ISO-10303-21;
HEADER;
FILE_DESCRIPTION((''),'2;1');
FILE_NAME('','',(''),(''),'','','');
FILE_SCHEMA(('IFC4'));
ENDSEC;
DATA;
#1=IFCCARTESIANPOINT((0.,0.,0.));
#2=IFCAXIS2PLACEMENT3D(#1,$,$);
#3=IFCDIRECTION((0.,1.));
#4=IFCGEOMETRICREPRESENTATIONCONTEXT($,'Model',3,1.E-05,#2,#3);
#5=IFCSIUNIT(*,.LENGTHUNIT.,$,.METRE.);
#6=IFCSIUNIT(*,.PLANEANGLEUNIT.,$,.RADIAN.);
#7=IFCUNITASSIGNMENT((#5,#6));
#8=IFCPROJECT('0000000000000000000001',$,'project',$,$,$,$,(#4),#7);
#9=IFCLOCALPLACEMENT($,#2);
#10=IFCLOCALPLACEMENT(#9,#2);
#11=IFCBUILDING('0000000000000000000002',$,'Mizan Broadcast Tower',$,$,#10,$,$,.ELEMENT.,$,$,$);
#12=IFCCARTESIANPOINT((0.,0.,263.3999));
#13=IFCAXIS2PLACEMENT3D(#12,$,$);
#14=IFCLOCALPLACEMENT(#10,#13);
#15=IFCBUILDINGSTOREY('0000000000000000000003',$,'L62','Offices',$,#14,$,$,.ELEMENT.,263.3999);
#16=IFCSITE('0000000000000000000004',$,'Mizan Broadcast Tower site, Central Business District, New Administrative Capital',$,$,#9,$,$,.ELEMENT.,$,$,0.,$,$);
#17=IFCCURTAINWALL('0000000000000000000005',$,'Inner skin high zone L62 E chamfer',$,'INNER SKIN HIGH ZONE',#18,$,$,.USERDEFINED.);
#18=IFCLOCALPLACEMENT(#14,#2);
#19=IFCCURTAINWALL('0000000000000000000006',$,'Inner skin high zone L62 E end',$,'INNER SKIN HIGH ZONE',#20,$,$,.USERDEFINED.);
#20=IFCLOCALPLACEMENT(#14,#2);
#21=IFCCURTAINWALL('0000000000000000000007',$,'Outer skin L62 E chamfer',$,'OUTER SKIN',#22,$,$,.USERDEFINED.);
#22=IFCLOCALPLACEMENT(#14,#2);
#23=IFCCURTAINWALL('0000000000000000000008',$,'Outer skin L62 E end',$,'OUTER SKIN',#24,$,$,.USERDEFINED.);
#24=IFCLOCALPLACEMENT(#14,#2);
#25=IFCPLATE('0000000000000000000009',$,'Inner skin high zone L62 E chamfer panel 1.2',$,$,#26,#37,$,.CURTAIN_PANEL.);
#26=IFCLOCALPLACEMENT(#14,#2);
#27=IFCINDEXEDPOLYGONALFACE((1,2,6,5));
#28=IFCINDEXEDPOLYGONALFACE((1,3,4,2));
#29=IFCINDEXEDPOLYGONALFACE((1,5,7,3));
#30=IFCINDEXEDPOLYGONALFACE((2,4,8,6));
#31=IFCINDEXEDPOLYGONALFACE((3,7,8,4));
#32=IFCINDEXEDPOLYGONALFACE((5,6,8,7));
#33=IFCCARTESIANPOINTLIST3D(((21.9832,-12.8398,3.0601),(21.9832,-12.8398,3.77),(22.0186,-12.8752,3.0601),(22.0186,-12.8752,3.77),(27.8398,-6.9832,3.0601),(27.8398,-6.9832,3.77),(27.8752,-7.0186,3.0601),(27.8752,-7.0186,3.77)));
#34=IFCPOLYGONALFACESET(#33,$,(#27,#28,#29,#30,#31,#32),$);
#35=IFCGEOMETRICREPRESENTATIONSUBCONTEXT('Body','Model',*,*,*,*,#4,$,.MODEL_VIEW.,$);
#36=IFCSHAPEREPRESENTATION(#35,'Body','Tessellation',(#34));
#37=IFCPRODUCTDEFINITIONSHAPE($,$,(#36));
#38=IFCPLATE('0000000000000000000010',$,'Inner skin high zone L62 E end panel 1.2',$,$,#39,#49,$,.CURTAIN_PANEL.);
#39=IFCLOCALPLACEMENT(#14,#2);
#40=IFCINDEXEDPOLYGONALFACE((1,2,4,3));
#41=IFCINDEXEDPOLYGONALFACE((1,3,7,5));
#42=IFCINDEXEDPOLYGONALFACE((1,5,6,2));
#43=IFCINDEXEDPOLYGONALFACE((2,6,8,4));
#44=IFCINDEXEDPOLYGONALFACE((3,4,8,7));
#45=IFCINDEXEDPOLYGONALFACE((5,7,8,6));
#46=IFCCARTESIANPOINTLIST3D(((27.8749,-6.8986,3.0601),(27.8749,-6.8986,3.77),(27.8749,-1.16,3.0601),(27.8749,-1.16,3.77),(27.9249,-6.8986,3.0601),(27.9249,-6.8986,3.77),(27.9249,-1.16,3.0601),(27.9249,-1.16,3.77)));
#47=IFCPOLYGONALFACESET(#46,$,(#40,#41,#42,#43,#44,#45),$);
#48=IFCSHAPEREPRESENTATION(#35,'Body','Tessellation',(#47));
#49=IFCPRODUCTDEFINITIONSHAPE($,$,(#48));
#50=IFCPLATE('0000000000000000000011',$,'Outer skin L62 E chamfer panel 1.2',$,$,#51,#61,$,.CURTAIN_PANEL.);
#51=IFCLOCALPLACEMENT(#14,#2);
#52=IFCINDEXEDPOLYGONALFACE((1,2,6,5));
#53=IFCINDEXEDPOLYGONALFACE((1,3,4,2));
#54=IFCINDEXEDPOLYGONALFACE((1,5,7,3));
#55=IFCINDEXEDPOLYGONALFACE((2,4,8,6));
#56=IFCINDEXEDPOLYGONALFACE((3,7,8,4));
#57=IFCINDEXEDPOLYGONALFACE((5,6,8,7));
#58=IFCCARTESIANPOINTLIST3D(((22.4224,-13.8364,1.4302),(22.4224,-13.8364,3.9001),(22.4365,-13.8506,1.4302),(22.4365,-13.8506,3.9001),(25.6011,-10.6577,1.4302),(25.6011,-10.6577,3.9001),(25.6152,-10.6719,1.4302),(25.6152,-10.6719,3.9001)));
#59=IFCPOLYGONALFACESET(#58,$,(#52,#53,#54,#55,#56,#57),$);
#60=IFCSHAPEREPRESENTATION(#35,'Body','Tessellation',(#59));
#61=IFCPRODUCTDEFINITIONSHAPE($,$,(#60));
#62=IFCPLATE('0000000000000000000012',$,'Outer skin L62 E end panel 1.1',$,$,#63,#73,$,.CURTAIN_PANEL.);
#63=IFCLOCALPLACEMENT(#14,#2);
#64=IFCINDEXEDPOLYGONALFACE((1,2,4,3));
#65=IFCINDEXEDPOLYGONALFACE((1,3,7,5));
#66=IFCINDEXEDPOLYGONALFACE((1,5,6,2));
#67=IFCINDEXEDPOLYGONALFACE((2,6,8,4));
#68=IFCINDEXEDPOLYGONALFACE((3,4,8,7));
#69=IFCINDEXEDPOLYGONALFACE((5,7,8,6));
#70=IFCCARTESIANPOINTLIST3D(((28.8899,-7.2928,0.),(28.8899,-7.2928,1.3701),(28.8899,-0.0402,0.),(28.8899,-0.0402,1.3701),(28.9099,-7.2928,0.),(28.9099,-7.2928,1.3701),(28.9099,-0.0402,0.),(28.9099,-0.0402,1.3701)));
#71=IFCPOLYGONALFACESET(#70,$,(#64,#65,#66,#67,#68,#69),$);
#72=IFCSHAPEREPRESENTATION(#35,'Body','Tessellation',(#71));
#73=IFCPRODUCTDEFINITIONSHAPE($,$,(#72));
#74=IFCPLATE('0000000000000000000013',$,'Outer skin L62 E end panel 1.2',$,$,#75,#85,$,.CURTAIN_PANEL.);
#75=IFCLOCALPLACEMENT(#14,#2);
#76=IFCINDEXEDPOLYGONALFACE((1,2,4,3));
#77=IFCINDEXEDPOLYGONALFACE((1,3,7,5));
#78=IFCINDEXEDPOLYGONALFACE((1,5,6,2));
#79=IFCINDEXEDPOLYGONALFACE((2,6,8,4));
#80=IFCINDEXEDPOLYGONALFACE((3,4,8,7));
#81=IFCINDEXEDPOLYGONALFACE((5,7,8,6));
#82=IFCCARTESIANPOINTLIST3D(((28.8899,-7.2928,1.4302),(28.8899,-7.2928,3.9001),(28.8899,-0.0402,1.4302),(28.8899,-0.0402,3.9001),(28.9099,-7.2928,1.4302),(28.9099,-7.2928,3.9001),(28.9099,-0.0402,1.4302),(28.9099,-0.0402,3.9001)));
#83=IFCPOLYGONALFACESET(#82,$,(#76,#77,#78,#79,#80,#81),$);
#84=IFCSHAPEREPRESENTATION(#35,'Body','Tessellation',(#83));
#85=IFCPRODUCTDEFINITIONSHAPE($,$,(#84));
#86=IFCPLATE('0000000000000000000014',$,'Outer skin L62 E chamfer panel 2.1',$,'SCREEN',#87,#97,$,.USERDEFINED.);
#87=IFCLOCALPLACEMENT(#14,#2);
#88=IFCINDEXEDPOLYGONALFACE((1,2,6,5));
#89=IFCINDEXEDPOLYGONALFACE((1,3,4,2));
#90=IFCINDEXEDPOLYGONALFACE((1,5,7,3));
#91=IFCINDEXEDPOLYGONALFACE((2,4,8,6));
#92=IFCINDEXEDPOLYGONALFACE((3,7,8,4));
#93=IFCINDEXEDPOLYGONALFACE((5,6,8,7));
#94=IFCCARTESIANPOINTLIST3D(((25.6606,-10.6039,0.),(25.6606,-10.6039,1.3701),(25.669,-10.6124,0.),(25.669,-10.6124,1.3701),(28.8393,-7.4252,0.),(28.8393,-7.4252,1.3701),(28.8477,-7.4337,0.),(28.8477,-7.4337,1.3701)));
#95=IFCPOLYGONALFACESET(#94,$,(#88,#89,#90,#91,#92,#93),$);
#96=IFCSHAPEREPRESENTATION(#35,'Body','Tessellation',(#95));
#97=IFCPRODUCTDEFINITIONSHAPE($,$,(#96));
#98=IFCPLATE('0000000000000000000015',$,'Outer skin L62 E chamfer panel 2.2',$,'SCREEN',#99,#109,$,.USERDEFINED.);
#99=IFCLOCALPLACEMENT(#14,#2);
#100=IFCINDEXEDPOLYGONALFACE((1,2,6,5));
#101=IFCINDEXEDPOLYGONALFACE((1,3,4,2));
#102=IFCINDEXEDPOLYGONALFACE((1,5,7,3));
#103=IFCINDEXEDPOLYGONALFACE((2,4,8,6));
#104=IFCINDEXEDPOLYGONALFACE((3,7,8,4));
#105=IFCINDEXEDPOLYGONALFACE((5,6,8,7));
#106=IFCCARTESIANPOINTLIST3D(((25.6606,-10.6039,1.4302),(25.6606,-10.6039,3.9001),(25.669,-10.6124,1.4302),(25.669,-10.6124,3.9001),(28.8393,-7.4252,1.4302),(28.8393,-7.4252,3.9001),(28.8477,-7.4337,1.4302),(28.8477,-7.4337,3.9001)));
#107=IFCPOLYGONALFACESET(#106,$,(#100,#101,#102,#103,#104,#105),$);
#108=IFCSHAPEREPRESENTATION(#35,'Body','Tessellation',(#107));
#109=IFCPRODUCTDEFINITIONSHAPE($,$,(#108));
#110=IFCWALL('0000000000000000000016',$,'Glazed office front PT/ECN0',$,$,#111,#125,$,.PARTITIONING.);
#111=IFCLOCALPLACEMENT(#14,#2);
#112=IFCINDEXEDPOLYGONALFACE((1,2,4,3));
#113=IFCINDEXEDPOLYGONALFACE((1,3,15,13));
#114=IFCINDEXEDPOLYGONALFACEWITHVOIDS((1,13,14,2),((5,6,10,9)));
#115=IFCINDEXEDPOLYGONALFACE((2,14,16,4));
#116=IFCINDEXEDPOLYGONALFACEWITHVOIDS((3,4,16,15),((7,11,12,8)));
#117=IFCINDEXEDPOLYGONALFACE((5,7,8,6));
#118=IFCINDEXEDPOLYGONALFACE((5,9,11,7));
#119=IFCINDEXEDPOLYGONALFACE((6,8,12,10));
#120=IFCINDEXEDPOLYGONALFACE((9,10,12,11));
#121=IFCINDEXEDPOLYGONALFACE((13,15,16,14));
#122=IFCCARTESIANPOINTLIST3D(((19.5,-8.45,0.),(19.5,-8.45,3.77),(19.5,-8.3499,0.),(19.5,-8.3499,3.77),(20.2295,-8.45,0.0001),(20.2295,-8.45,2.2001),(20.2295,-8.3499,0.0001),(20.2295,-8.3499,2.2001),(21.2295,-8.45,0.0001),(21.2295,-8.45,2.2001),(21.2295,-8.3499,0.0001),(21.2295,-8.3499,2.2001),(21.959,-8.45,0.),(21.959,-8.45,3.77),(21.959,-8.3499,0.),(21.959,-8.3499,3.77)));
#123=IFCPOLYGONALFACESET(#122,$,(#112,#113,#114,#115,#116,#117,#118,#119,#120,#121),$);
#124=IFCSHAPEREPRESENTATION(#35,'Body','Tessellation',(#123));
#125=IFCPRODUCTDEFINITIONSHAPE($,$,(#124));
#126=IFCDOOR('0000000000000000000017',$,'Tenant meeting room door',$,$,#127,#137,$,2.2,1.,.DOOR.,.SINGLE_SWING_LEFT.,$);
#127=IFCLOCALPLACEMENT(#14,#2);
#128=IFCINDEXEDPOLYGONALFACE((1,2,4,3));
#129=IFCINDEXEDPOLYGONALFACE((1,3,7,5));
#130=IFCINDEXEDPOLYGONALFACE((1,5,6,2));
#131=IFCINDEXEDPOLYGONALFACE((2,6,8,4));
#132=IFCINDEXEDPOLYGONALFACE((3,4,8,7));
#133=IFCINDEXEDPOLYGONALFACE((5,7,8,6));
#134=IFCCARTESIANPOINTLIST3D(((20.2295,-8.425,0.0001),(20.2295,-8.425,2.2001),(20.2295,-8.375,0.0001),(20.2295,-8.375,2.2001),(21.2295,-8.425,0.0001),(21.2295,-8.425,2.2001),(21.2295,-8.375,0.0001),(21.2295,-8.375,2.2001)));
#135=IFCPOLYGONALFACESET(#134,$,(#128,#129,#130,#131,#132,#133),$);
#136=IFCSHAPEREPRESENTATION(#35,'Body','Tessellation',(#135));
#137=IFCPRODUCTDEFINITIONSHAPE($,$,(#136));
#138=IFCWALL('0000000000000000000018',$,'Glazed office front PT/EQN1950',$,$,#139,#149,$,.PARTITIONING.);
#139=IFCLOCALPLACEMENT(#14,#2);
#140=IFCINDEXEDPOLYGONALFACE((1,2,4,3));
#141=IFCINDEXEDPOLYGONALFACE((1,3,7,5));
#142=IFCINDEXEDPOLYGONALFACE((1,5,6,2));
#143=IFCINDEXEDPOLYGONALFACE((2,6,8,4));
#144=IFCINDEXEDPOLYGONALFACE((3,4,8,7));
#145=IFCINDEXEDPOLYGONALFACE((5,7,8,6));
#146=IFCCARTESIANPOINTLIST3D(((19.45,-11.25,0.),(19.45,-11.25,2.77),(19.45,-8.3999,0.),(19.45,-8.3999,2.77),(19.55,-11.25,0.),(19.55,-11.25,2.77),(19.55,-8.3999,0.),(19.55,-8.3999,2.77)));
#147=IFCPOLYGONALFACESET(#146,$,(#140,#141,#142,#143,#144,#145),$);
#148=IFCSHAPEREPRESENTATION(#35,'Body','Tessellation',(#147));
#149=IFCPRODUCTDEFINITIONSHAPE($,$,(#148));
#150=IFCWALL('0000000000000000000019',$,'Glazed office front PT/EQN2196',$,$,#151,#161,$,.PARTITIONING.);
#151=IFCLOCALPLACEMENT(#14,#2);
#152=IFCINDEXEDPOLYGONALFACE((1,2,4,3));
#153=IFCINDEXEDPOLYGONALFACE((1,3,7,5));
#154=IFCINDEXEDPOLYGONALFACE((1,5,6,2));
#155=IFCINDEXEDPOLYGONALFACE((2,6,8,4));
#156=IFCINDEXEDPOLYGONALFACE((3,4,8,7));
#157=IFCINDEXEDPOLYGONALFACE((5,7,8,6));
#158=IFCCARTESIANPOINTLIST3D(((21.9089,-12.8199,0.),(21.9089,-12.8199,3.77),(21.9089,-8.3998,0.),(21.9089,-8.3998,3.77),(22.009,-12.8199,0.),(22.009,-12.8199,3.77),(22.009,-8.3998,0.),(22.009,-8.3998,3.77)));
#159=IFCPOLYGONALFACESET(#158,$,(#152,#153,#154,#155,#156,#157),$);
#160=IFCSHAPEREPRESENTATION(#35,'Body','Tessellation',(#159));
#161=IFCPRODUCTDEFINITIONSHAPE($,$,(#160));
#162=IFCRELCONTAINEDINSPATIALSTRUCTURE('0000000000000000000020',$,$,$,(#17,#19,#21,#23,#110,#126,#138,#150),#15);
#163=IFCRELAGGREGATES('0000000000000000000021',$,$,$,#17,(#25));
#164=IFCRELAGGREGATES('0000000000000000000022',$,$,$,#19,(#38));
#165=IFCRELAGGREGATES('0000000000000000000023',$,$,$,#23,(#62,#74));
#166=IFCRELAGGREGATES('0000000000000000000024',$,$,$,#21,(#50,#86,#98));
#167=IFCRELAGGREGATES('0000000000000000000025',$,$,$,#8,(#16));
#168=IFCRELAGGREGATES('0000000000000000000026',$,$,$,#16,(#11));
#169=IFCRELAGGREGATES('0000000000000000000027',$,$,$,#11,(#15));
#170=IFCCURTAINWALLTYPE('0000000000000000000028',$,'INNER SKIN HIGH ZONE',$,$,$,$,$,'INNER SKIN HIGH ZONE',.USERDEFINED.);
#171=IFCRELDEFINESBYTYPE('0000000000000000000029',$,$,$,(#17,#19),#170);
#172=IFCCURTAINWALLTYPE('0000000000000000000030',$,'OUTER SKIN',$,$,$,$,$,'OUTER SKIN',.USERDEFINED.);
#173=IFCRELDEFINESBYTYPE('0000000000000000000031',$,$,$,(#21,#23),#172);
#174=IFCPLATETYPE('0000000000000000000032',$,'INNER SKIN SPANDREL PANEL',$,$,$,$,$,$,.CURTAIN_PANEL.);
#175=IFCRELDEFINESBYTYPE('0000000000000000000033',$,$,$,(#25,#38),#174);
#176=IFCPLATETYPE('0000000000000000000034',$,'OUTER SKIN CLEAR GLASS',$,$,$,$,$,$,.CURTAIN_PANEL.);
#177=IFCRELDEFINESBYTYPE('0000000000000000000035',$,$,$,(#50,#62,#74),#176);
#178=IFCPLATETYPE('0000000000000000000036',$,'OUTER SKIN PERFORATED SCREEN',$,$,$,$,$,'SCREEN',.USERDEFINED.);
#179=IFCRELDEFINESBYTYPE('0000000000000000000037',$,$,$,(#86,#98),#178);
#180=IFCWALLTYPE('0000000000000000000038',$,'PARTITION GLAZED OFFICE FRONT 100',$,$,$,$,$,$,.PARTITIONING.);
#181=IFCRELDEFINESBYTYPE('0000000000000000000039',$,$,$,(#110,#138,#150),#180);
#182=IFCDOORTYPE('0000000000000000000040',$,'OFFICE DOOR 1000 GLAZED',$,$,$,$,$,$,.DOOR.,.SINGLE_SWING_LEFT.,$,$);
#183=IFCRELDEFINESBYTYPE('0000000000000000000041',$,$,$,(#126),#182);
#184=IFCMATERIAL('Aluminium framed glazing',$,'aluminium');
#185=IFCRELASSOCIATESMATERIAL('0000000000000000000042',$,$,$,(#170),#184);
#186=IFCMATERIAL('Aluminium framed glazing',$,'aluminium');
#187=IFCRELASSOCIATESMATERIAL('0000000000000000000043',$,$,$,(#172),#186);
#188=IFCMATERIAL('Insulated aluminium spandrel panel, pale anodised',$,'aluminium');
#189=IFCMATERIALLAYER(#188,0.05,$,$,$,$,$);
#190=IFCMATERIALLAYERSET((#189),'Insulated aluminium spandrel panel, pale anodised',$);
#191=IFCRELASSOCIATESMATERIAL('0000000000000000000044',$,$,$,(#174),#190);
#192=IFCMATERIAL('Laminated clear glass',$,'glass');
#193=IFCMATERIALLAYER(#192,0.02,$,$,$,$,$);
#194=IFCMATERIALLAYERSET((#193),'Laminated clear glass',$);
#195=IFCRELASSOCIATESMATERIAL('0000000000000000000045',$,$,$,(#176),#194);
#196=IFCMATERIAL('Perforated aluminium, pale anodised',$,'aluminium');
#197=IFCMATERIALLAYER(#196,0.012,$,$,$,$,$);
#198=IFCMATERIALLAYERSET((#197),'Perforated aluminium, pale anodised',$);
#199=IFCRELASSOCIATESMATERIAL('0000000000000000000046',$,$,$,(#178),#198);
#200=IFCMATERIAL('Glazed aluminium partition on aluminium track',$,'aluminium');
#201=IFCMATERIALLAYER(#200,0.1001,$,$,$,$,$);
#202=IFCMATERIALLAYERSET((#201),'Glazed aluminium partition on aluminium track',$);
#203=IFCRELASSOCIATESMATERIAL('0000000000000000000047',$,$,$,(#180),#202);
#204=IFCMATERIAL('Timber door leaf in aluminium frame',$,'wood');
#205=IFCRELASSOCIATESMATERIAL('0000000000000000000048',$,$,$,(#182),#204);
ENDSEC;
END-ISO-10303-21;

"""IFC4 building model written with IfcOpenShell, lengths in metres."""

from ifc_helpers import new_model, si_unit, direction, frame, frame_2d, origin, origin_2d, place, context, subcontext, project, spatial, rectangle, extrude, material, layer, layer_set, type_object, element, fill, aggregate, save


model = new_model("IFC4")

# Units and contexts
model_context = context("Model", 3, precision=1e-05, world=origin(), true_north=direction((0.0, 1.0)))
body_context = subcontext(model_context, "Body", "Model", "MODEL_VIEW")
ifc_project = project(units=[si_unit("LENGTHUNIT", "METRE"), si_unit("PLANEANGLEUNIT", "RADIAN")], contexts=[model_context])

# Site, building, storey
site_placement = place(None, origin())
site = spatial("IfcSite", under=ifc_project, at=site_placement, Name="Mizan Broadcast Tower site, Central Business District, New Administrative Capital", CompositionType="ELEMENT", RefElevation=0.0)
building_placement = place(site_placement, origin())
building = spatial("IfcBuilding", under=site, at=building_placement, Name="Mizan Broadcast Tower", CompositionType="ELEMENT")
storey_placement = place(building_placement, frame((0.0, 0.0, 263.3999)))
storey = spatial("IfcBuildingStorey", under=building, at=storey_placement, Name="L62", Description="Offices", CompositionType="ELEMENT", Elevation=263.3999)

# Curtain wall
ifc_material_1 = material(Name="Aluminium framed glazing", Category="aluminium")
curtain_wall_type_1 = type_object("IfcCurtainWallType", Name="INNER SKIN HIGH ZONE", ElementType="INNER SKIN HIGH ZONE", PredefinedType="USERDEFINED", material=ifc_material_1)
curtain_wall_1_placement = place(storey_placement, origin())
curtain_wall_1 = element("IfcCurtainWall", 1, at=curtain_wall_1_placement, inside=storey, type_object=curtain_wall_type_1, Name="Inner skin high zone L62 E chamfer", ObjectType="INNER SKIN HIGH ZONE", PredefinedType="USERDEFINED")

# Curtain walls
curtain_wall_2_placement = place(storey_placement, origin())
curtain_wall_2 = element("IfcCurtainWall", 2, at=curtain_wall_2_placement, inside=storey, type_object=curtain_wall_type_1, Name="Inner skin high zone L62 E end", ObjectType="INNER SKIN HIGH ZONE", PredefinedType="USERDEFINED")
ifc_material_2 = material(Name="Aluminium framed glazing", Category="aluminium")
curtain_wall_type_2 = type_object("IfcCurtainWallType", Name="OUTER SKIN", ElementType="OUTER SKIN", PredefinedType="USERDEFINED", material=ifc_material_2)
curtain_wall_3_placement = place(storey_placement, origin())
curtain_wall_3 = element("IfcCurtainWall", 3, at=curtain_wall_3_placement, inside=storey, type_object=curtain_wall_type_2, Name="Outer skin L62 E chamfer", ObjectType="OUTER SKIN", PredefinedType="USERDEFINED")

# Curtain wall
curtain_wall_4_placement = place(storey_placement, origin())
curtain_wall_4 = element("IfcCurtainWall", 4, at=curtain_wall_4_placement, inside=storey, type_object=curtain_wall_type_2, Name="Outer skin L62 E end", ObjectType="OUTER SKIN", PredefinedType="USERDEFINED")

# Plates
ifc_material_3 = material(Name="Insulated aluminium spandrel panel, pale anodised", Category="aluminium")
ifc_layer_1 = layer(ifc_material_3, 0.05)
ifc_layer_set_1 = layer_set([ifc_layer_1], Name="Insulated aluminium spandrel panel, pale anodised")
plate_type_1 = type_object("IfcPlateType", Name="INNER SKIN SPANDREL PANEL", PredefinedType="CURTAIN_PANEL", material=ifc_layer_set_1)
plate_1_placement = place(storey_placement, frame((24.9292, -9.9292, 3.0601), z_axis=(0.0, 0.0, 1.0), x_axis=(0.707107, 0.707107, 0.0)))
plate_1 = element("IfcPlate", 5, at=plate_1_placement, type_object=plate_type_1, Name="Inner skin high zone L62 E chamfer panel 1.2", PredefinedType="CURTAIN_PANEL", context=body_context, shape_type="SweptSolid", body=[
    extrude(rectangle(XDim=8.2825, YDim=0.05, at=origin_2d()), origin(), (0.0, 0.0, 1.0), 0.71),
])
aggregate(curtain_wall_1, [plate_1])
plate_2_placement = place(storey_placement, frame((27.8999, -4.0293, 3.0601), z_axis=(0.0, 0.0, 1.0), x_axis=(0.0, 1.0, 0.0)))
plate_2 = element("IfcPlate", 6, at=plate_2_placement, type_object=plate_type_1, Name="Inner skin high zone L62 E end panel 1.2", PredefinedType="CURTAIN_PANEL", context=body_context, shape_type="SweptSolid", body=[
    extrude(rectangle(XDim=5.7385, YDim=0.05, at=origin_2d()), origin(), (0.0, 0.0, 1.0), 0.71),
])
aggregate(curtain_wall_2, [plate_2])
ifc_material_4 = material(Name="Laminated clear glass", Category="glass")
ifc_layer_2 = layer(ifc_material_4, 0.02)
ifc_layer_set_2 = layer_set([ifc_layer_2], Name="Laminated clear glass")
plate_type_2 = type_object("IfcPlateType", Name="OUTER SKIN CLEAR GLASS", PredefinedType="CURTAIN_PANEL", material=ifc_layer_set_2)
plate_3_placement = place(storey_placement, frame((24.0188, -12.2542, 1.4302), z_axis=(0.0, 0.0, 1.0), x_axis=(0.707107, 0.707107, 0.0)))
plate_3 = element("IfcPlate", 7, at=plate_3_placement, type_object=plate_type_2, Name="Outer skin L62 E chamfer panel 1.2", PredefinedType="CURTAIN_PANEL", context=body_context, shape_type="SweptSolid", body=[
    extrude(rectangle(XDim=4.4954, YDim=0.02, at=origin_2d()), origin(), (0.0, 0.0, 1.0), 2.47),
])
plate_4_placement = place(storey_placement, frame((28.8999, -3.6665, 0.0), z_axis=(0.0, 0.0, 1.0), x_axis=(0.0, 1.0, 0.0)))
plate_4 = element("IfcPlate", 8, at=plate_4_placement, type_object=plate_type_2, Name="Outer skin L62 E end panel 1.1", PredefinedType="CURTAIN_PANEL", context=body_context, shape_type="SweptSolid", body=[
    extrude(rectangle(XDim=7.2527, YDim=0.02, at=origin_2d()), origin(), (0.0, 0.0, 1.0), 1.3701),
])
plate_5_placement = place(storey_placement, frame((28.8999, -3.6665, 1.4302), z_axis=(0.0, 0.0, 1.0), x_axis=(0.0, 1.0, 0.0)))
plate_5 = element("IfcPlate", 9, at=plate_5_placement, type_object=plate_type_2, Name="Outer skin L62 E end panel 1.2", PredefinedType="CURTAIN_PANEL", context=body_context, shape_type="SweptSolid", body=[
    extrude(rectangle(XDim=7.2527, YDim=0.02, at=origin_2d()), origin(), (0.0, 0.0, 1.0), 2.47),
])
aggregate(curtain_wall_4, [plate_4, plate_5])
ifc_material_5 = material(Name="Perforated aluminium, pale anodised", Category="aluminium")
ifc_layer_3 = layer(ifc_material_5, 0.012)
ifc_layer_set_3 = layer_set([ifc_layer_3], Name="Perforated aluminium, pale anodised")
plate_type_3 = type_object("IfcPlateType", Name="OUTER SKIN PERFORATED SCREEN", ElementType="SCREEN", PredefinedType="USERDEFINED", material=ifc_layer_set_3)
plate_6_placement = place(storey_placement, frame((27.2542, -9.0188, 0.0), z_axis=(0.0, 0.0, 1.0), x_axis=(0.707107, 0.707107, 0.0)))
plate_6 = element("IfcPlate", 10, at=plate_6_placement, type_object=plate_type_3, Name="Outer skin L62 E chamfer panel 2.1", ObjectType="SCREEN", PredefinedType="USERDEFINED", context=body_context, shape_type="SweptSolid", body=[
    extrude(rectangle(XDim=4.4954, YDim=0.012, at=origin_2d()), origin(), (0.0, 0.0, 1.0), 1.3701),
])
plate_7_placement = place(storey_placement, frame((27.2542, -9.0188, 1.4302), z_axis=(0.0, 0.0, 1.0), x_axis=(0.707107, 0.707107, 0.0)))
plate_7 = element("IfcPlate", 11, at=plate_7_placement, type_object=plate_type_3, Name="Outer skin L62 E chamfer panel 2.2", ObjectType="SCREEN", PredefinedType="USERDEFINED", context=body_context, shape_type="SweptSolid", body=[
    extrude(rectangle(XDim=4.4954, YDim=0.012, at=origin_2d()), origin(), (0.0, 0.0, 1.0), 2.47),
])
aggregate(curtain_wall_3, [plate_3, plate_6, plate_7])

# Wall, opening, door
ifc_material_6 = material(Name="Glazed aluminium partition on aluminium track", Category="aluminium")
ifc_layer_4 = layer(ifc_material_6, 0.1001)
ifc_layer_set_4 = layer_set([ifc_layer_4], Name="Glazed aluminium partition on aluminium track")
wall_type = type_object("IfcWallType", Name="PARTITION GLAZED OFFICE FRONT 100", PredefinedType="PARTITIONING", material=ifc_layer_set_4)
wall_1_placement = place(storey_placement, frame((19.5, -8.3999, 0.0), z_axis=(0.0, 0.0, 1.0), x_axis=(1.0, 0.0, 0.0)))
wall_1 = element("IfcWall", 12, at=wall_1_placement, inside=storey, type_object=wall_type, Name="Glazed office front PT/ECN0", PredefinedType="PARTITIONING", context=body_context, shape_type="SweptSolid", body=[
    extrude(rectangle(XDim=2.459, YDim=0.1001, at=frame_2d((1.2295, 0.0))), origin(), (0.0, 0.0, 1.0), 3.77),
])
opening_placement = place(wall_1_placement, frame((0.7295, 0.0, 0.0)))
opening = element("IfcOpeningElement", 13, at=opening_placement, cuts=wall_1, PredefinedType="OPENING", context=body_context, shape_type="SweptSolid", body=[
    extrude(rectangle(XDim=1.0, YDim=2.2, at=frame_2d((0.5, 1.1001))), frame((0.0, 0.0601, 0.0), z_axis=(0.0, -1.0, 0.0), x_axis=(1.0, 0.0, 0.0)), (0.0, 0.0, 1.0), 0.1201),
])
ifc_material_7 = material(Name="Timber door leaf in aluminium frame", Category="wood")
door_type = type_object("IfcDoorType", Name="OFFICE DOOR 1000 GLAZED", OperationType="SINGLE_SWING_LEFT", PredefinedType="DOOR", material=ifc_material_7)
door_placement = place(opening_placement, origin())
door = element("IfcDoor", 14, at=door_placement, inside=storey, type_object=door_type, Name="Tenant meeting room door", OperationType="SINGLE_SWING_LEFT", OverallHeight=2.2, OverallWidth=1.0, PredefinedType="DOOR", context=body_context, shape_type="SweptSolid", body=[
    extrude(rectangle(XDim=1.0, YDim=2.2, at=frame_2d((0.5, 1.1001))), frame((0.0, 0.0249, 0.0), z_axis=(0.0, -1.0, 0.0), x_axis=(1.0, 0.0, 0.0)), (0.0, 0.0, 1.0), 0.05),
])
fill(opening, door)

# Walls
wall_2_placement = place(storey_placement, frame((19.5, -8.3999, 0.0), z_axis=(0.0, 0.0, 1.0), x_axis=(0.0, -1.0, 0.0)))
element("IfcWall", 15, at=wall_2_placement, inside=storey, type_object=wall_type, Name="Glazed office front PT/EQN1950", PredefinedType="PARTITIONING", context=body_context, shape_type="SweptSolid", body=[
    extrude(rectangle(XDim=2.8501, YDim=0.1001, at=frame_2d((1.425, 0.0))), origin(), (0.0, 0.0, 1.0), 2.77),
])
wall_3_placement = place(storey_placement, frame((21.959, -8.3999, 0.0), z_axis=(0.0, 0.0, 1.0), x_axis=(0.0, -1.0, 0.0)))
element("IfcWall", 16, at=wall_3_placement, inside=storey, type_object=wall_type, Name="Glazed office front PT/EQN2196", PredefinedType="PARTITIONING", context=body_context, shape_type="SweptSolid", body=[
    extrude(rectangle(XDim=4.4202, YDim=0.1001, at=frame_2d((2.21, 0.0))), origin(), (0.0, 0.0, 1.0), 3.77),
])

save(model, "model.ifc")
